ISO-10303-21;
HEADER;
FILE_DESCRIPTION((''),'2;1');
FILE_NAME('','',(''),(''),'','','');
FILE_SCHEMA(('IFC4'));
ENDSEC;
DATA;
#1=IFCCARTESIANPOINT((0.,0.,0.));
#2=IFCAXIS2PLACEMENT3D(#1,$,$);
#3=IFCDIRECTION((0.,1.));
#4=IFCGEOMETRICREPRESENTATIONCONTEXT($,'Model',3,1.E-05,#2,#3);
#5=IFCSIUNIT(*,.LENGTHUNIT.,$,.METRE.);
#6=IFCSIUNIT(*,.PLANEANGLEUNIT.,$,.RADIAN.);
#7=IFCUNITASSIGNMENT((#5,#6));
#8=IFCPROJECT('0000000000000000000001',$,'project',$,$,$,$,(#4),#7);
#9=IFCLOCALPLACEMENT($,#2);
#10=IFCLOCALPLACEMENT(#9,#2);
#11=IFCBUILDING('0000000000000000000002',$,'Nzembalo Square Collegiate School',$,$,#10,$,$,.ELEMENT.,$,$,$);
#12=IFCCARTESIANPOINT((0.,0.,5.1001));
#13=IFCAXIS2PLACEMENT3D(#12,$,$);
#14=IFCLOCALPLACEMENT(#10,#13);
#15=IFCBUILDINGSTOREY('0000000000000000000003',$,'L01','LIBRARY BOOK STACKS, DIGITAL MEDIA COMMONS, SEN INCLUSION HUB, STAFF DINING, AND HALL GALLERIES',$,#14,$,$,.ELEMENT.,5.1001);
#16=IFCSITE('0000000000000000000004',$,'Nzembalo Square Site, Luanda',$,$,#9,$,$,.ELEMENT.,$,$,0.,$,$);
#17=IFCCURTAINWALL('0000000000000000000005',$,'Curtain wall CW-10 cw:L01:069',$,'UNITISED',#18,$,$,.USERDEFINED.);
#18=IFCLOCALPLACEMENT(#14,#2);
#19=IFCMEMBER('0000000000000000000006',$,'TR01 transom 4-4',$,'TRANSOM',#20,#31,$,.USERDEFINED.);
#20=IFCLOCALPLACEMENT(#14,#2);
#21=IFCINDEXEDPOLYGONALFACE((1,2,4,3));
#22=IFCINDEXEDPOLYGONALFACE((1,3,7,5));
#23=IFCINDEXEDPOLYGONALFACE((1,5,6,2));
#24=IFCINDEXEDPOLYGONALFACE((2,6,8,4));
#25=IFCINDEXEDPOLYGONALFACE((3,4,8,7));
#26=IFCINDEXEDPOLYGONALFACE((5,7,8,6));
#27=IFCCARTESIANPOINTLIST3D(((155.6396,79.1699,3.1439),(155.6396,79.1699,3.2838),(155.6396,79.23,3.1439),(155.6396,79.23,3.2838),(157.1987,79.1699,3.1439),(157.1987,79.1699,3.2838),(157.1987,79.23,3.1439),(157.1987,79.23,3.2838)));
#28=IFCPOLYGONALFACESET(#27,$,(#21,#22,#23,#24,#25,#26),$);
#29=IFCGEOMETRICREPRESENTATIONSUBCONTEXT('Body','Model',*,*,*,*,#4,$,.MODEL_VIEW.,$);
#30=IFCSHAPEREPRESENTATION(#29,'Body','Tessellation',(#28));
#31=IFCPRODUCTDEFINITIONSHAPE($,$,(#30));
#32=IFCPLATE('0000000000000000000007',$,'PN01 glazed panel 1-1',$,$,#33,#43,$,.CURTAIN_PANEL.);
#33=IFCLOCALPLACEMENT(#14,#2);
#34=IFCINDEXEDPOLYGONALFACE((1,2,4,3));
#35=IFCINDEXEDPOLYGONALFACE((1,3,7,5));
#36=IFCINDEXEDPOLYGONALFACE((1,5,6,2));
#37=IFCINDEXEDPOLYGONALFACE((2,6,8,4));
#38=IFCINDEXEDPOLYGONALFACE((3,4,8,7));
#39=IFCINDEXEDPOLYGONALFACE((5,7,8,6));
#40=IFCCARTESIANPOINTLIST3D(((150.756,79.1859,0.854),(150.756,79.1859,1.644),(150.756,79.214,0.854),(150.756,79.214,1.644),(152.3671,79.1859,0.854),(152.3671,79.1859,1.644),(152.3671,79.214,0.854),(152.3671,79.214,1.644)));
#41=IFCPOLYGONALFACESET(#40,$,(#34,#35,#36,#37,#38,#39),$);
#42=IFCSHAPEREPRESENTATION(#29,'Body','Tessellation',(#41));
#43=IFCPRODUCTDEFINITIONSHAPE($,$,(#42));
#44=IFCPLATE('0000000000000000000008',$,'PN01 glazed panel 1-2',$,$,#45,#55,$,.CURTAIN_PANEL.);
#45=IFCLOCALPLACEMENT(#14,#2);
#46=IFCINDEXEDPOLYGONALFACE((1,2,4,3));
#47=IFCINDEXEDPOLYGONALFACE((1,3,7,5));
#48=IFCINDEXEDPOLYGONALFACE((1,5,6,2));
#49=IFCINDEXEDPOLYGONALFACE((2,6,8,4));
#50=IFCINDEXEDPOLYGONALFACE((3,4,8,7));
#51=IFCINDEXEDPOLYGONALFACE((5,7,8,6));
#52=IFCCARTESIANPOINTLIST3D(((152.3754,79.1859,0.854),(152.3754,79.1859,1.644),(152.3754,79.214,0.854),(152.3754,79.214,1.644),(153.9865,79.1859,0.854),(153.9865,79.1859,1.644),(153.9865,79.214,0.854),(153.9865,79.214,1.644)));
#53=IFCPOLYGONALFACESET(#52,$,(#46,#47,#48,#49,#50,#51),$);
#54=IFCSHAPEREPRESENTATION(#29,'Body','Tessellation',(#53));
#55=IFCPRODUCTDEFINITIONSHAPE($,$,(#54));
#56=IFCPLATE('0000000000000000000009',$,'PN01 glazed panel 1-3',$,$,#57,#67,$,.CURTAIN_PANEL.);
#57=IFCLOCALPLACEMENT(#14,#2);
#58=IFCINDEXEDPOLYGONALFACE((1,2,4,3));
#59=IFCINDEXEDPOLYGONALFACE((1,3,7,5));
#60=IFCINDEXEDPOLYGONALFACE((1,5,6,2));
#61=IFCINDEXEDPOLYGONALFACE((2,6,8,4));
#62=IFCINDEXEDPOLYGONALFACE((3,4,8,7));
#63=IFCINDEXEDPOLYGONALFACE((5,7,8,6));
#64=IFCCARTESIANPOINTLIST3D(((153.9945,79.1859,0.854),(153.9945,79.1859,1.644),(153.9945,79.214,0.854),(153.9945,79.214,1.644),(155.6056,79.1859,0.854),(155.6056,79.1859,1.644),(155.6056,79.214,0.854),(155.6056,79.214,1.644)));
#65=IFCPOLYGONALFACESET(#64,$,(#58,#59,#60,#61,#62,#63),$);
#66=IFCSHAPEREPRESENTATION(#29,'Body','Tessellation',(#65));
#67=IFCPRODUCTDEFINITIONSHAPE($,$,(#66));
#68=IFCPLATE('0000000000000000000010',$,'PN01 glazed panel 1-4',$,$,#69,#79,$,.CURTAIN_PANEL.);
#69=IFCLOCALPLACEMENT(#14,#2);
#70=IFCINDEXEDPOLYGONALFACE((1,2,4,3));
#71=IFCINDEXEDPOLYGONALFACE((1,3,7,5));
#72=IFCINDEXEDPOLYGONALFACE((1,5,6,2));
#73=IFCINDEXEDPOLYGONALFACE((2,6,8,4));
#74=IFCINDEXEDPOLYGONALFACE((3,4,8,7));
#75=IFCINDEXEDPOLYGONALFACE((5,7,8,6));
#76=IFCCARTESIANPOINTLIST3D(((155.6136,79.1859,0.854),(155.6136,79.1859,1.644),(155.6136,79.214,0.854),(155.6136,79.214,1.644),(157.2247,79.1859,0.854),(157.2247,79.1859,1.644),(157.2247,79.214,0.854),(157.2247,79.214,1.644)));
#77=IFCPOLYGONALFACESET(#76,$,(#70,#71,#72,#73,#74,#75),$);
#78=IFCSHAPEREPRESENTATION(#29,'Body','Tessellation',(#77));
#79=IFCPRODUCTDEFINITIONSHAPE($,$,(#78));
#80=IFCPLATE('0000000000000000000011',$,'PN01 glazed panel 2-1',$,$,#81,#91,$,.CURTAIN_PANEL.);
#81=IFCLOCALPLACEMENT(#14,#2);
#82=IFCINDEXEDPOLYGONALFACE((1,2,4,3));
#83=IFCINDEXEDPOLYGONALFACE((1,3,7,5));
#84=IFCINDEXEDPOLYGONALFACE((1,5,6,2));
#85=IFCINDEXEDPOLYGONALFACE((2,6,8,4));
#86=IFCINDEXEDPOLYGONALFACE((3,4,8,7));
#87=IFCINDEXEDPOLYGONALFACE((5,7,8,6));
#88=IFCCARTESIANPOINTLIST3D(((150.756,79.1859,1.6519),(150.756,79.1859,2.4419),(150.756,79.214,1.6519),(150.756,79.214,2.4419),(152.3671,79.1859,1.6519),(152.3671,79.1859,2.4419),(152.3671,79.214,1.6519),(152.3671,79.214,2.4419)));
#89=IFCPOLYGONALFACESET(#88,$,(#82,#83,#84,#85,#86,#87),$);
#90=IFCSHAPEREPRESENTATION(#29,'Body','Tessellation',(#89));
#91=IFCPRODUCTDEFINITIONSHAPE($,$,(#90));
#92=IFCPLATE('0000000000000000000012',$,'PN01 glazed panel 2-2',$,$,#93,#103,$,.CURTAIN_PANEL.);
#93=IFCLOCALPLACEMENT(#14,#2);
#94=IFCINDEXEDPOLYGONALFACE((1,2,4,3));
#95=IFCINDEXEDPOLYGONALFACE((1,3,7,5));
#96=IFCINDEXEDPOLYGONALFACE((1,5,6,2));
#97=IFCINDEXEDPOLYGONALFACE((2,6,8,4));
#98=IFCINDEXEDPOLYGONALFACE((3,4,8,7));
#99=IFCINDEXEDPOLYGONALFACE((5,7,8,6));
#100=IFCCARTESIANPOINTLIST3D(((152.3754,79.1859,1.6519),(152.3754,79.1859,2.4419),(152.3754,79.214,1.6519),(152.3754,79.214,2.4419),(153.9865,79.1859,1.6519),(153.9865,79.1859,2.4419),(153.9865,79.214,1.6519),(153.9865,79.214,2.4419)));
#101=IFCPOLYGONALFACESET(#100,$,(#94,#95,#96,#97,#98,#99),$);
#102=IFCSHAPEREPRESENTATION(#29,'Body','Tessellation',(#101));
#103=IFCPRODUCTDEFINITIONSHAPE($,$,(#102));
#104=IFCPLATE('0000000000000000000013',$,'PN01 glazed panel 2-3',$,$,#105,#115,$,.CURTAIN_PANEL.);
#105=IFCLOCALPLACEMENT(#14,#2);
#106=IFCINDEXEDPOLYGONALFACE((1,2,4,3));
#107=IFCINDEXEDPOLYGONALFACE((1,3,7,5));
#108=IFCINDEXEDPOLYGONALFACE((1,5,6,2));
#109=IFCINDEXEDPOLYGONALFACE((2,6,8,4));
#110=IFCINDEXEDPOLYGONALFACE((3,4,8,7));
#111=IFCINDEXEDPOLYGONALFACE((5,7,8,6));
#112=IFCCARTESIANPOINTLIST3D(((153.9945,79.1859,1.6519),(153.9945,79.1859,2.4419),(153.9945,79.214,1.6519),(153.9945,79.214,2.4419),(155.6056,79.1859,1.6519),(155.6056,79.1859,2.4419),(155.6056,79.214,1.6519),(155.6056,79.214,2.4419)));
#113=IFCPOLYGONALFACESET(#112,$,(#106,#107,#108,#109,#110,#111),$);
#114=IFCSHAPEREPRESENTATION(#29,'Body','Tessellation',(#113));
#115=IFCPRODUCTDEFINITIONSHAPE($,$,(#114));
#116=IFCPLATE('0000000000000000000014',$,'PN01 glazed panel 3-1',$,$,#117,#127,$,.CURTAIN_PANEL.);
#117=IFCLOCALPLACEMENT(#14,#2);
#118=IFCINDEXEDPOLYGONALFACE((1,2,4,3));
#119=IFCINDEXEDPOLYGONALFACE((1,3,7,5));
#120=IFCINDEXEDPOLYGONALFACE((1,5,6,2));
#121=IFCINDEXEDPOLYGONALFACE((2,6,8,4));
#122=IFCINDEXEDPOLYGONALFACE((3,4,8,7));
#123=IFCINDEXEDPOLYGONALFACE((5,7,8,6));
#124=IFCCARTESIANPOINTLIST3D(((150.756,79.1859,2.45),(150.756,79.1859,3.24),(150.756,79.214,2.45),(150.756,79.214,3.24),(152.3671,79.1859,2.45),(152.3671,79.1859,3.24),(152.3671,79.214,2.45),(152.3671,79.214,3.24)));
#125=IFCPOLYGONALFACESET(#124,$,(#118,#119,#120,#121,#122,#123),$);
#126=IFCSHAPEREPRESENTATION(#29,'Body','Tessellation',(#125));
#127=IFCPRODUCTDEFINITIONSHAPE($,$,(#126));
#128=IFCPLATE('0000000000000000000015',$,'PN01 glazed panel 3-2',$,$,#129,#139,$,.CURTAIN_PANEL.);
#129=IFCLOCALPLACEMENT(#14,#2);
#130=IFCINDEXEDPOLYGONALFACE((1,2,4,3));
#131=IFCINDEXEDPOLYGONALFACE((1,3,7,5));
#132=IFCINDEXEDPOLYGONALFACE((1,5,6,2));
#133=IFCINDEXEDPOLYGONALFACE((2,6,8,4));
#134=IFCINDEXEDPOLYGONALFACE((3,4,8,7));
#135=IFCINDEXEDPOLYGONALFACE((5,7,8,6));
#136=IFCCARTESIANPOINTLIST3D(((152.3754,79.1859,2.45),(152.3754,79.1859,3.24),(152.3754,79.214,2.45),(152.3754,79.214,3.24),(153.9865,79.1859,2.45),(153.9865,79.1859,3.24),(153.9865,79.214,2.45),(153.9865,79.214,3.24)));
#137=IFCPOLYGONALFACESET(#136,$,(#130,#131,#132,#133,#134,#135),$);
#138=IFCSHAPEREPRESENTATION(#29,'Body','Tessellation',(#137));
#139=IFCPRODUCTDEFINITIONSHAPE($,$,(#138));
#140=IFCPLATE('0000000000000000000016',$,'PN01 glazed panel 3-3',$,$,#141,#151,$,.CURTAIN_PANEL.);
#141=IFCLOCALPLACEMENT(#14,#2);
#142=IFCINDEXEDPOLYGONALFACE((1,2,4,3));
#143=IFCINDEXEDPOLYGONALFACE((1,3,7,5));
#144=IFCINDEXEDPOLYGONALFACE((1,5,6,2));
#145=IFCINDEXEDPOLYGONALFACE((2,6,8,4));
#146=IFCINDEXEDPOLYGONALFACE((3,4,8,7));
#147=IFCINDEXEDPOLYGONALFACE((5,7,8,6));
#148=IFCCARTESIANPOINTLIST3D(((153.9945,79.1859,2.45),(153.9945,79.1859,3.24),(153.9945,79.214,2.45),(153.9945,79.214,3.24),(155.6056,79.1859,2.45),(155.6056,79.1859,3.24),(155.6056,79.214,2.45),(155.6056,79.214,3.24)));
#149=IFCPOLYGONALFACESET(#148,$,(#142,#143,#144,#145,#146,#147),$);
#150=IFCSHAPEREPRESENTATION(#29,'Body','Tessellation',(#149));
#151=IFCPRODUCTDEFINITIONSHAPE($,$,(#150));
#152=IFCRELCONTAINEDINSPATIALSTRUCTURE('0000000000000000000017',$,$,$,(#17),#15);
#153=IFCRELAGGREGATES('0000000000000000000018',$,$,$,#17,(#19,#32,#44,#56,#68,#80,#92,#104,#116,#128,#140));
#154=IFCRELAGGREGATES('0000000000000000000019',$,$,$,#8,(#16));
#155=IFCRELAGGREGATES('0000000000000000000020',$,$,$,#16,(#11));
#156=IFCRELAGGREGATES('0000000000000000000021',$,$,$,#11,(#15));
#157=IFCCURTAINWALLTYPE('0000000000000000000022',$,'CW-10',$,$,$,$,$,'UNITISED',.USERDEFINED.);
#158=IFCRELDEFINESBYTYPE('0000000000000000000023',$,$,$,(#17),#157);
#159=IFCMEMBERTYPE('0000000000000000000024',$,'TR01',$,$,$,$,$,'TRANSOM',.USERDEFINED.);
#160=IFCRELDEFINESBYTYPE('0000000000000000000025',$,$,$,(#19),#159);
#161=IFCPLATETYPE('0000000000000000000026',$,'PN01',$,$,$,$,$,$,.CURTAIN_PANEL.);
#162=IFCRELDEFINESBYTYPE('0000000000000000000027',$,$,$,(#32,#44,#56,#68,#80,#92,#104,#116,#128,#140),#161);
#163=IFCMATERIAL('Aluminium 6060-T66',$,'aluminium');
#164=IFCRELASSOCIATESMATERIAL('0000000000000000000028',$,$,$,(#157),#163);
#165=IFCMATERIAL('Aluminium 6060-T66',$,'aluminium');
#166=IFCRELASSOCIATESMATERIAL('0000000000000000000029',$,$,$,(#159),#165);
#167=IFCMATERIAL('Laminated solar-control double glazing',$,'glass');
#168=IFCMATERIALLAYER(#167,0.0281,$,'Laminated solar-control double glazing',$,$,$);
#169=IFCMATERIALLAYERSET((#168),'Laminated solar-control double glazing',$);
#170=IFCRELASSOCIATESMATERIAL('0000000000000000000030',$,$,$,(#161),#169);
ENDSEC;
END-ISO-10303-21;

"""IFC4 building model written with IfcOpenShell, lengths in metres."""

from ifc_helpers import new_model, si_unit, direction, frame, origin, origin_2d, place, context, subcontext, project, spatial, rectangle, extrude, material, layer, layer_set, material_profile, profile_set, type_object, element, aggregate, save


model = new_model("IFC4")

# Units and contexts
model_context = context("Model", 3, precision=1e-05, world=origin(), true_north=direction((0.0, 1.0)))
body_context = subcontext(model_context, "Body", "Model", "MODEL_VIEW")
ifc_project = project(units=[si_unit("LENGTHUNIT", "METRE"), si_unit("PLANEANGLEUNIT", "RADIAN")], contexts=[model_context])

# Site, building, storey
site_placement = place(None, origin())
site = spatial("IfcSite", under=ifc_project, at=site_placement, Name="Nzembalo Square Site, Luanda", CompositionType="ELEMENT", RefElevation=0.0)
building_placement = place(site_placement, origin())
building = spatial("IfcBuilding", under=site, at=building_placement, Name="Nzembalo Square Collegiate School", CompositionType="ELEMENT")
storey_placement = place(building_placement, frame((0.0, 0.0, 5.1001)))
storey = spatial("IfcBuildingStorey", under=building, at=storey_placement, Name="L01", Description="LIBRARY BOOK STACKS, DIGITAL MEDIA COMMONS, SEN INCLUSION HUB, STAFF DINING, AND HALL GALLERIES", CompositionType="ELEMENT", Elevation=5.1001)

# Curtain wall, member, plates
ifc_material_1 = material(Name="Aluminium 6060-T66", Category="aluminium")
curtain_wall_type = type_object("IfcCurtainWallType", Name="CW-10", ElementType="UNITISED", PredefinedType="USERDEFINED", material=ifc_material_1)
curtain_wall_placement = place(storey_placement, origin())
curtain_wall = element("IfcCurtainWall", 1, at=curtain_wall_placement, inside=storey, type_object=curtain_wall_type, Name="Curtain wall CW-10 cw:L01:069", ObjectType="UNITISED", PredefinedType="USERDEFINED")
ifc_material_2 = material(Name="Aluminium 6060-T66", Category="aluminium")
ifc_material_profile_1 = material_profile(ifc_material_2, rectangle(XDim=0.0601, YDim=0.1399, at=origin_2d()), Name="ALU T60x140")
ifc_profile_set_1 = profile_set([ifc_material_profile_1], Name="Aluminium 6060-T66")
member_type_1 = type_object("IfcMemberType", Name="TR01", ElementType="TRANSOM", PredefinedType="USERDEFINED", material=ifc_profile_set_1)
member_1_placement = place(storey_placement, frame((155.6396, 79.2, 3.2139), z_axis=(1.0, 0.0, 0.0), x_axis=(0.0, 1.0, 0.0)))
member_1 = element("IfcMember", 2, at=member_1_placement, type_object=member_type_1, Name="TR01 transom 4-4", ObjectType="TRANSOM", PredefinedType="USERDEFINED", context=body_context, shape_type="SweptSolid", body=[
    extrude(rectangle(XDim=0.0601, YDim=0.1399, at=origin_2d()), origin(), (0.0, 0.0, 1.0), 1.5591),
])
ifc_material_3 = material(Name="Laminated solar-control double glazing", Category="glass")
ifc_layer = layer(ifc_material_3, 0.0281, Name="Laminated solar-control double glazing")
ifc_layer_set = layer_set([ifc_layer], Name="Laminated solar-control double glazing")
plate_type = type_object("IfcPlateType", Name="PN01", PredefinedType="CURTAIN_PANEL", material=ifc_layer_set)
plate_1_placement = place(storey_placement, frame((151.5615, 79.2, 0.854), z_axis=(0.0, 0.0, 1.0), x_axis=(1.0, 0.0, 0.0)))
plate_1 = element("IfcPlate", 3, at=plate_1_placement, type_object=plate_type, Name="PN01 glazed panel 1-1", PredefinedType="CURTAIN_PANEL", context=body_context, shape_type="SweptSolid", body=[
    extrude(rectangle(XDim=1.6111, YDim=0.0281, at=origin_2d()), origin(), (0.0, 0.0, 1.0), 0.79),
])
plate_2_placement = place(storey_placement, frame((153.1809, 79.2, 0.854), z_axis=(0.0, 0.0, 1.0), x_axis=(1.0, 0.0, 0.0)))
plate_2 = element("IfcPlate", 4, at=plate_2_placement, type_object=plate_type, Name="PN01 glazed panel 1-2", PredefinedType="CURTAIN_PANEL", context=body_context, shape_type="SweptSolid", body=[
    extrude(rectangle(XDim=1.6111, YDim=0.0281, at=origin_2d()), origin(), (0.0, 0.0, 1.0), 0.79),
])
plate_3_placement = place(storey_placement, frame((154.8, 79.2, 0.854), z_axis=(0.0, 0.0, 1.0), x_axis=(1.0, 0.0, 0.0)))
plate_3 = element("IfcPlate", 5, at=plate_3_placement, type_object=plate_type, Name="PN01 glazed panel 1-3", PredefinedType="CURTAIN_PANEL", context=body_context, shape_type="SweptSolid", body=[
    extrude(rectangle(XDim=1.6111, YDim=0.0281, at=origin_2d()), origin(), (0.0, 0.0, 1.0), 0.79),
])
plate_4_placement = place(storey_placement, frame((156.4192, 79.2, 0.854), z_axis=(0.0, 0.0, 1.0), x_axis=(1.0, 0.0, 0.0)))
plate_4 = element("IfcPlate", 6, at=plate_4_placement, type_object=plate_type, Name="PN01 glazed panel 1-4", PredefinedType="CURTAIN_PANEL", context=body_context, shape_type="SweptSolid", body=[
    extrude(rectangle(XDim=1.6111, YDim=0.0281, at=origin_2d()), origin(), (0.0, 0.0, 1.0), 0.79),
])
plate_5_placement = place(storey_placement, frame((151.5615, 79.2, 1.6519), z_axis=(0.0, 0.0, 1.0), x_axis=(1.0, 0.0, 0.0)))
plate_5 = element("IfcPlate", 7, at=plate_5_placement, type_object=plate_type, Name="PN01 glazed panel 2-1", PredefinedType="CURTAIN_PANEL", context=body_context, shape_type="SweptSolid", body=[
    extrude(rectangle(XDim=1.6111, YDim=0.0281, at=origin_2d()), origin(), (0.0, 0.0, 1.0), 0.79),
])
plate_6_placement = place(storey_placement, frame((153.1809, 79.2, 1.6519), z_axis=(0.0, 0.0, 1.0), x_axis=(1.0, 0.0, 0.0)))
plate_6 = element("IfcPlate", 8, at=plate_6_placement, type_object=plate_type, Name="PN01 glazed panel 2-2", PredefinedType="CURTAIN_PANEL", context=body_context, shape_type="SweptSolid", body=[
    extrude(rectangle(XDim=1.6111, YDim=0.0281, at=origin_2d()), origin(), (0.0, 0.0, 1.0), 0.79),
])
plate_7_placement = place(storey_placement, frame((154.8, 79.2, 1.6519), z_axis=(0.0, 0.0, 1.0), x_axis=(1.0, 0.0, 0.0)))
plate_7 = element("IfcPlate", 9, at=plate_7_placement, type_object=plate_type, Name="PN01 glazed panel 2-3", PredefinedType="CURTAIN_PANEL", context=body_context, shape_type="SweptSolid", body=[
    extrude(rectangle(XDim=1.6111, YDim=0.0281, at=origin_2d()), origin(), (0.0, 0.0, 1.0), 0.79),
])
plate_8_placement = place(storey_placement, frame((151.5615, 79.2, 2.45), z_axis=(0.0, 0.0, 1.0), x_axis=(1.0, 0.0, 0.0)))
plate_8 = element("IfcPlate", 10, at=plate_8_placement, type_object=plate_type, Name="PN01 glazed panel 3-1", PredefinedType="CURTAIN_PANEL", context=body_context, shape_type="SweptSolid", body=[
    extrude(rectangle(XDim=1.6111, YDim=0.0281, at=origin_2d()), origin(), (0.0, 0.0, 1.0), 0.79),
])
plate_9_placement = place(storey_placement, frame((153.1809, 79.2, 2.45), z_axis=(0.0, 0.0, 1.0), x_axis=(1.0, 0.0, 0.0)))
plate_9 = element("IfcPlate", 11, at=plate_9_placement, type_object=plate_type, Name="PN01 glazed panel 3-2", PredefinedType="CURTAIN_PANEL", context=body_context, shape_type="SweptSolid", body=[
    extrude(rectangle(XDim=1.6111, YDim=0.0281, at=origin_2d()), origin(), (0.0, 0.0, 1.0), 0.79),
])
plate_10_placement = place(storey_placement, frame((154.8, 79.2, 2.45), z_axis=(0.0, 0.0, 1.0), x_axis=(1.0, 0.0, 0.0)))
plate_10 = element("IfcPlate", 12, at=plate_10_placement, type_object=plate_type, Name="PN01 glazed panel 3-3", PredefinedType="CURTAIN_PANEL", context=body_context, shape_type="SweptSolid", body=[
    extrude(rectangle(XDim=1.6111, YDim=0.0281, at=origin_2d()), origin(), (0.0, 0.0, 1.0), 0.79),
])
aggregate(curtain_wall, [member_1, plate_1, plate_2, plate_3, plate_4, plate_5, plate_6, plate_7, plate_8, plate_9, plate_10])

save(model, "model.ifc")
